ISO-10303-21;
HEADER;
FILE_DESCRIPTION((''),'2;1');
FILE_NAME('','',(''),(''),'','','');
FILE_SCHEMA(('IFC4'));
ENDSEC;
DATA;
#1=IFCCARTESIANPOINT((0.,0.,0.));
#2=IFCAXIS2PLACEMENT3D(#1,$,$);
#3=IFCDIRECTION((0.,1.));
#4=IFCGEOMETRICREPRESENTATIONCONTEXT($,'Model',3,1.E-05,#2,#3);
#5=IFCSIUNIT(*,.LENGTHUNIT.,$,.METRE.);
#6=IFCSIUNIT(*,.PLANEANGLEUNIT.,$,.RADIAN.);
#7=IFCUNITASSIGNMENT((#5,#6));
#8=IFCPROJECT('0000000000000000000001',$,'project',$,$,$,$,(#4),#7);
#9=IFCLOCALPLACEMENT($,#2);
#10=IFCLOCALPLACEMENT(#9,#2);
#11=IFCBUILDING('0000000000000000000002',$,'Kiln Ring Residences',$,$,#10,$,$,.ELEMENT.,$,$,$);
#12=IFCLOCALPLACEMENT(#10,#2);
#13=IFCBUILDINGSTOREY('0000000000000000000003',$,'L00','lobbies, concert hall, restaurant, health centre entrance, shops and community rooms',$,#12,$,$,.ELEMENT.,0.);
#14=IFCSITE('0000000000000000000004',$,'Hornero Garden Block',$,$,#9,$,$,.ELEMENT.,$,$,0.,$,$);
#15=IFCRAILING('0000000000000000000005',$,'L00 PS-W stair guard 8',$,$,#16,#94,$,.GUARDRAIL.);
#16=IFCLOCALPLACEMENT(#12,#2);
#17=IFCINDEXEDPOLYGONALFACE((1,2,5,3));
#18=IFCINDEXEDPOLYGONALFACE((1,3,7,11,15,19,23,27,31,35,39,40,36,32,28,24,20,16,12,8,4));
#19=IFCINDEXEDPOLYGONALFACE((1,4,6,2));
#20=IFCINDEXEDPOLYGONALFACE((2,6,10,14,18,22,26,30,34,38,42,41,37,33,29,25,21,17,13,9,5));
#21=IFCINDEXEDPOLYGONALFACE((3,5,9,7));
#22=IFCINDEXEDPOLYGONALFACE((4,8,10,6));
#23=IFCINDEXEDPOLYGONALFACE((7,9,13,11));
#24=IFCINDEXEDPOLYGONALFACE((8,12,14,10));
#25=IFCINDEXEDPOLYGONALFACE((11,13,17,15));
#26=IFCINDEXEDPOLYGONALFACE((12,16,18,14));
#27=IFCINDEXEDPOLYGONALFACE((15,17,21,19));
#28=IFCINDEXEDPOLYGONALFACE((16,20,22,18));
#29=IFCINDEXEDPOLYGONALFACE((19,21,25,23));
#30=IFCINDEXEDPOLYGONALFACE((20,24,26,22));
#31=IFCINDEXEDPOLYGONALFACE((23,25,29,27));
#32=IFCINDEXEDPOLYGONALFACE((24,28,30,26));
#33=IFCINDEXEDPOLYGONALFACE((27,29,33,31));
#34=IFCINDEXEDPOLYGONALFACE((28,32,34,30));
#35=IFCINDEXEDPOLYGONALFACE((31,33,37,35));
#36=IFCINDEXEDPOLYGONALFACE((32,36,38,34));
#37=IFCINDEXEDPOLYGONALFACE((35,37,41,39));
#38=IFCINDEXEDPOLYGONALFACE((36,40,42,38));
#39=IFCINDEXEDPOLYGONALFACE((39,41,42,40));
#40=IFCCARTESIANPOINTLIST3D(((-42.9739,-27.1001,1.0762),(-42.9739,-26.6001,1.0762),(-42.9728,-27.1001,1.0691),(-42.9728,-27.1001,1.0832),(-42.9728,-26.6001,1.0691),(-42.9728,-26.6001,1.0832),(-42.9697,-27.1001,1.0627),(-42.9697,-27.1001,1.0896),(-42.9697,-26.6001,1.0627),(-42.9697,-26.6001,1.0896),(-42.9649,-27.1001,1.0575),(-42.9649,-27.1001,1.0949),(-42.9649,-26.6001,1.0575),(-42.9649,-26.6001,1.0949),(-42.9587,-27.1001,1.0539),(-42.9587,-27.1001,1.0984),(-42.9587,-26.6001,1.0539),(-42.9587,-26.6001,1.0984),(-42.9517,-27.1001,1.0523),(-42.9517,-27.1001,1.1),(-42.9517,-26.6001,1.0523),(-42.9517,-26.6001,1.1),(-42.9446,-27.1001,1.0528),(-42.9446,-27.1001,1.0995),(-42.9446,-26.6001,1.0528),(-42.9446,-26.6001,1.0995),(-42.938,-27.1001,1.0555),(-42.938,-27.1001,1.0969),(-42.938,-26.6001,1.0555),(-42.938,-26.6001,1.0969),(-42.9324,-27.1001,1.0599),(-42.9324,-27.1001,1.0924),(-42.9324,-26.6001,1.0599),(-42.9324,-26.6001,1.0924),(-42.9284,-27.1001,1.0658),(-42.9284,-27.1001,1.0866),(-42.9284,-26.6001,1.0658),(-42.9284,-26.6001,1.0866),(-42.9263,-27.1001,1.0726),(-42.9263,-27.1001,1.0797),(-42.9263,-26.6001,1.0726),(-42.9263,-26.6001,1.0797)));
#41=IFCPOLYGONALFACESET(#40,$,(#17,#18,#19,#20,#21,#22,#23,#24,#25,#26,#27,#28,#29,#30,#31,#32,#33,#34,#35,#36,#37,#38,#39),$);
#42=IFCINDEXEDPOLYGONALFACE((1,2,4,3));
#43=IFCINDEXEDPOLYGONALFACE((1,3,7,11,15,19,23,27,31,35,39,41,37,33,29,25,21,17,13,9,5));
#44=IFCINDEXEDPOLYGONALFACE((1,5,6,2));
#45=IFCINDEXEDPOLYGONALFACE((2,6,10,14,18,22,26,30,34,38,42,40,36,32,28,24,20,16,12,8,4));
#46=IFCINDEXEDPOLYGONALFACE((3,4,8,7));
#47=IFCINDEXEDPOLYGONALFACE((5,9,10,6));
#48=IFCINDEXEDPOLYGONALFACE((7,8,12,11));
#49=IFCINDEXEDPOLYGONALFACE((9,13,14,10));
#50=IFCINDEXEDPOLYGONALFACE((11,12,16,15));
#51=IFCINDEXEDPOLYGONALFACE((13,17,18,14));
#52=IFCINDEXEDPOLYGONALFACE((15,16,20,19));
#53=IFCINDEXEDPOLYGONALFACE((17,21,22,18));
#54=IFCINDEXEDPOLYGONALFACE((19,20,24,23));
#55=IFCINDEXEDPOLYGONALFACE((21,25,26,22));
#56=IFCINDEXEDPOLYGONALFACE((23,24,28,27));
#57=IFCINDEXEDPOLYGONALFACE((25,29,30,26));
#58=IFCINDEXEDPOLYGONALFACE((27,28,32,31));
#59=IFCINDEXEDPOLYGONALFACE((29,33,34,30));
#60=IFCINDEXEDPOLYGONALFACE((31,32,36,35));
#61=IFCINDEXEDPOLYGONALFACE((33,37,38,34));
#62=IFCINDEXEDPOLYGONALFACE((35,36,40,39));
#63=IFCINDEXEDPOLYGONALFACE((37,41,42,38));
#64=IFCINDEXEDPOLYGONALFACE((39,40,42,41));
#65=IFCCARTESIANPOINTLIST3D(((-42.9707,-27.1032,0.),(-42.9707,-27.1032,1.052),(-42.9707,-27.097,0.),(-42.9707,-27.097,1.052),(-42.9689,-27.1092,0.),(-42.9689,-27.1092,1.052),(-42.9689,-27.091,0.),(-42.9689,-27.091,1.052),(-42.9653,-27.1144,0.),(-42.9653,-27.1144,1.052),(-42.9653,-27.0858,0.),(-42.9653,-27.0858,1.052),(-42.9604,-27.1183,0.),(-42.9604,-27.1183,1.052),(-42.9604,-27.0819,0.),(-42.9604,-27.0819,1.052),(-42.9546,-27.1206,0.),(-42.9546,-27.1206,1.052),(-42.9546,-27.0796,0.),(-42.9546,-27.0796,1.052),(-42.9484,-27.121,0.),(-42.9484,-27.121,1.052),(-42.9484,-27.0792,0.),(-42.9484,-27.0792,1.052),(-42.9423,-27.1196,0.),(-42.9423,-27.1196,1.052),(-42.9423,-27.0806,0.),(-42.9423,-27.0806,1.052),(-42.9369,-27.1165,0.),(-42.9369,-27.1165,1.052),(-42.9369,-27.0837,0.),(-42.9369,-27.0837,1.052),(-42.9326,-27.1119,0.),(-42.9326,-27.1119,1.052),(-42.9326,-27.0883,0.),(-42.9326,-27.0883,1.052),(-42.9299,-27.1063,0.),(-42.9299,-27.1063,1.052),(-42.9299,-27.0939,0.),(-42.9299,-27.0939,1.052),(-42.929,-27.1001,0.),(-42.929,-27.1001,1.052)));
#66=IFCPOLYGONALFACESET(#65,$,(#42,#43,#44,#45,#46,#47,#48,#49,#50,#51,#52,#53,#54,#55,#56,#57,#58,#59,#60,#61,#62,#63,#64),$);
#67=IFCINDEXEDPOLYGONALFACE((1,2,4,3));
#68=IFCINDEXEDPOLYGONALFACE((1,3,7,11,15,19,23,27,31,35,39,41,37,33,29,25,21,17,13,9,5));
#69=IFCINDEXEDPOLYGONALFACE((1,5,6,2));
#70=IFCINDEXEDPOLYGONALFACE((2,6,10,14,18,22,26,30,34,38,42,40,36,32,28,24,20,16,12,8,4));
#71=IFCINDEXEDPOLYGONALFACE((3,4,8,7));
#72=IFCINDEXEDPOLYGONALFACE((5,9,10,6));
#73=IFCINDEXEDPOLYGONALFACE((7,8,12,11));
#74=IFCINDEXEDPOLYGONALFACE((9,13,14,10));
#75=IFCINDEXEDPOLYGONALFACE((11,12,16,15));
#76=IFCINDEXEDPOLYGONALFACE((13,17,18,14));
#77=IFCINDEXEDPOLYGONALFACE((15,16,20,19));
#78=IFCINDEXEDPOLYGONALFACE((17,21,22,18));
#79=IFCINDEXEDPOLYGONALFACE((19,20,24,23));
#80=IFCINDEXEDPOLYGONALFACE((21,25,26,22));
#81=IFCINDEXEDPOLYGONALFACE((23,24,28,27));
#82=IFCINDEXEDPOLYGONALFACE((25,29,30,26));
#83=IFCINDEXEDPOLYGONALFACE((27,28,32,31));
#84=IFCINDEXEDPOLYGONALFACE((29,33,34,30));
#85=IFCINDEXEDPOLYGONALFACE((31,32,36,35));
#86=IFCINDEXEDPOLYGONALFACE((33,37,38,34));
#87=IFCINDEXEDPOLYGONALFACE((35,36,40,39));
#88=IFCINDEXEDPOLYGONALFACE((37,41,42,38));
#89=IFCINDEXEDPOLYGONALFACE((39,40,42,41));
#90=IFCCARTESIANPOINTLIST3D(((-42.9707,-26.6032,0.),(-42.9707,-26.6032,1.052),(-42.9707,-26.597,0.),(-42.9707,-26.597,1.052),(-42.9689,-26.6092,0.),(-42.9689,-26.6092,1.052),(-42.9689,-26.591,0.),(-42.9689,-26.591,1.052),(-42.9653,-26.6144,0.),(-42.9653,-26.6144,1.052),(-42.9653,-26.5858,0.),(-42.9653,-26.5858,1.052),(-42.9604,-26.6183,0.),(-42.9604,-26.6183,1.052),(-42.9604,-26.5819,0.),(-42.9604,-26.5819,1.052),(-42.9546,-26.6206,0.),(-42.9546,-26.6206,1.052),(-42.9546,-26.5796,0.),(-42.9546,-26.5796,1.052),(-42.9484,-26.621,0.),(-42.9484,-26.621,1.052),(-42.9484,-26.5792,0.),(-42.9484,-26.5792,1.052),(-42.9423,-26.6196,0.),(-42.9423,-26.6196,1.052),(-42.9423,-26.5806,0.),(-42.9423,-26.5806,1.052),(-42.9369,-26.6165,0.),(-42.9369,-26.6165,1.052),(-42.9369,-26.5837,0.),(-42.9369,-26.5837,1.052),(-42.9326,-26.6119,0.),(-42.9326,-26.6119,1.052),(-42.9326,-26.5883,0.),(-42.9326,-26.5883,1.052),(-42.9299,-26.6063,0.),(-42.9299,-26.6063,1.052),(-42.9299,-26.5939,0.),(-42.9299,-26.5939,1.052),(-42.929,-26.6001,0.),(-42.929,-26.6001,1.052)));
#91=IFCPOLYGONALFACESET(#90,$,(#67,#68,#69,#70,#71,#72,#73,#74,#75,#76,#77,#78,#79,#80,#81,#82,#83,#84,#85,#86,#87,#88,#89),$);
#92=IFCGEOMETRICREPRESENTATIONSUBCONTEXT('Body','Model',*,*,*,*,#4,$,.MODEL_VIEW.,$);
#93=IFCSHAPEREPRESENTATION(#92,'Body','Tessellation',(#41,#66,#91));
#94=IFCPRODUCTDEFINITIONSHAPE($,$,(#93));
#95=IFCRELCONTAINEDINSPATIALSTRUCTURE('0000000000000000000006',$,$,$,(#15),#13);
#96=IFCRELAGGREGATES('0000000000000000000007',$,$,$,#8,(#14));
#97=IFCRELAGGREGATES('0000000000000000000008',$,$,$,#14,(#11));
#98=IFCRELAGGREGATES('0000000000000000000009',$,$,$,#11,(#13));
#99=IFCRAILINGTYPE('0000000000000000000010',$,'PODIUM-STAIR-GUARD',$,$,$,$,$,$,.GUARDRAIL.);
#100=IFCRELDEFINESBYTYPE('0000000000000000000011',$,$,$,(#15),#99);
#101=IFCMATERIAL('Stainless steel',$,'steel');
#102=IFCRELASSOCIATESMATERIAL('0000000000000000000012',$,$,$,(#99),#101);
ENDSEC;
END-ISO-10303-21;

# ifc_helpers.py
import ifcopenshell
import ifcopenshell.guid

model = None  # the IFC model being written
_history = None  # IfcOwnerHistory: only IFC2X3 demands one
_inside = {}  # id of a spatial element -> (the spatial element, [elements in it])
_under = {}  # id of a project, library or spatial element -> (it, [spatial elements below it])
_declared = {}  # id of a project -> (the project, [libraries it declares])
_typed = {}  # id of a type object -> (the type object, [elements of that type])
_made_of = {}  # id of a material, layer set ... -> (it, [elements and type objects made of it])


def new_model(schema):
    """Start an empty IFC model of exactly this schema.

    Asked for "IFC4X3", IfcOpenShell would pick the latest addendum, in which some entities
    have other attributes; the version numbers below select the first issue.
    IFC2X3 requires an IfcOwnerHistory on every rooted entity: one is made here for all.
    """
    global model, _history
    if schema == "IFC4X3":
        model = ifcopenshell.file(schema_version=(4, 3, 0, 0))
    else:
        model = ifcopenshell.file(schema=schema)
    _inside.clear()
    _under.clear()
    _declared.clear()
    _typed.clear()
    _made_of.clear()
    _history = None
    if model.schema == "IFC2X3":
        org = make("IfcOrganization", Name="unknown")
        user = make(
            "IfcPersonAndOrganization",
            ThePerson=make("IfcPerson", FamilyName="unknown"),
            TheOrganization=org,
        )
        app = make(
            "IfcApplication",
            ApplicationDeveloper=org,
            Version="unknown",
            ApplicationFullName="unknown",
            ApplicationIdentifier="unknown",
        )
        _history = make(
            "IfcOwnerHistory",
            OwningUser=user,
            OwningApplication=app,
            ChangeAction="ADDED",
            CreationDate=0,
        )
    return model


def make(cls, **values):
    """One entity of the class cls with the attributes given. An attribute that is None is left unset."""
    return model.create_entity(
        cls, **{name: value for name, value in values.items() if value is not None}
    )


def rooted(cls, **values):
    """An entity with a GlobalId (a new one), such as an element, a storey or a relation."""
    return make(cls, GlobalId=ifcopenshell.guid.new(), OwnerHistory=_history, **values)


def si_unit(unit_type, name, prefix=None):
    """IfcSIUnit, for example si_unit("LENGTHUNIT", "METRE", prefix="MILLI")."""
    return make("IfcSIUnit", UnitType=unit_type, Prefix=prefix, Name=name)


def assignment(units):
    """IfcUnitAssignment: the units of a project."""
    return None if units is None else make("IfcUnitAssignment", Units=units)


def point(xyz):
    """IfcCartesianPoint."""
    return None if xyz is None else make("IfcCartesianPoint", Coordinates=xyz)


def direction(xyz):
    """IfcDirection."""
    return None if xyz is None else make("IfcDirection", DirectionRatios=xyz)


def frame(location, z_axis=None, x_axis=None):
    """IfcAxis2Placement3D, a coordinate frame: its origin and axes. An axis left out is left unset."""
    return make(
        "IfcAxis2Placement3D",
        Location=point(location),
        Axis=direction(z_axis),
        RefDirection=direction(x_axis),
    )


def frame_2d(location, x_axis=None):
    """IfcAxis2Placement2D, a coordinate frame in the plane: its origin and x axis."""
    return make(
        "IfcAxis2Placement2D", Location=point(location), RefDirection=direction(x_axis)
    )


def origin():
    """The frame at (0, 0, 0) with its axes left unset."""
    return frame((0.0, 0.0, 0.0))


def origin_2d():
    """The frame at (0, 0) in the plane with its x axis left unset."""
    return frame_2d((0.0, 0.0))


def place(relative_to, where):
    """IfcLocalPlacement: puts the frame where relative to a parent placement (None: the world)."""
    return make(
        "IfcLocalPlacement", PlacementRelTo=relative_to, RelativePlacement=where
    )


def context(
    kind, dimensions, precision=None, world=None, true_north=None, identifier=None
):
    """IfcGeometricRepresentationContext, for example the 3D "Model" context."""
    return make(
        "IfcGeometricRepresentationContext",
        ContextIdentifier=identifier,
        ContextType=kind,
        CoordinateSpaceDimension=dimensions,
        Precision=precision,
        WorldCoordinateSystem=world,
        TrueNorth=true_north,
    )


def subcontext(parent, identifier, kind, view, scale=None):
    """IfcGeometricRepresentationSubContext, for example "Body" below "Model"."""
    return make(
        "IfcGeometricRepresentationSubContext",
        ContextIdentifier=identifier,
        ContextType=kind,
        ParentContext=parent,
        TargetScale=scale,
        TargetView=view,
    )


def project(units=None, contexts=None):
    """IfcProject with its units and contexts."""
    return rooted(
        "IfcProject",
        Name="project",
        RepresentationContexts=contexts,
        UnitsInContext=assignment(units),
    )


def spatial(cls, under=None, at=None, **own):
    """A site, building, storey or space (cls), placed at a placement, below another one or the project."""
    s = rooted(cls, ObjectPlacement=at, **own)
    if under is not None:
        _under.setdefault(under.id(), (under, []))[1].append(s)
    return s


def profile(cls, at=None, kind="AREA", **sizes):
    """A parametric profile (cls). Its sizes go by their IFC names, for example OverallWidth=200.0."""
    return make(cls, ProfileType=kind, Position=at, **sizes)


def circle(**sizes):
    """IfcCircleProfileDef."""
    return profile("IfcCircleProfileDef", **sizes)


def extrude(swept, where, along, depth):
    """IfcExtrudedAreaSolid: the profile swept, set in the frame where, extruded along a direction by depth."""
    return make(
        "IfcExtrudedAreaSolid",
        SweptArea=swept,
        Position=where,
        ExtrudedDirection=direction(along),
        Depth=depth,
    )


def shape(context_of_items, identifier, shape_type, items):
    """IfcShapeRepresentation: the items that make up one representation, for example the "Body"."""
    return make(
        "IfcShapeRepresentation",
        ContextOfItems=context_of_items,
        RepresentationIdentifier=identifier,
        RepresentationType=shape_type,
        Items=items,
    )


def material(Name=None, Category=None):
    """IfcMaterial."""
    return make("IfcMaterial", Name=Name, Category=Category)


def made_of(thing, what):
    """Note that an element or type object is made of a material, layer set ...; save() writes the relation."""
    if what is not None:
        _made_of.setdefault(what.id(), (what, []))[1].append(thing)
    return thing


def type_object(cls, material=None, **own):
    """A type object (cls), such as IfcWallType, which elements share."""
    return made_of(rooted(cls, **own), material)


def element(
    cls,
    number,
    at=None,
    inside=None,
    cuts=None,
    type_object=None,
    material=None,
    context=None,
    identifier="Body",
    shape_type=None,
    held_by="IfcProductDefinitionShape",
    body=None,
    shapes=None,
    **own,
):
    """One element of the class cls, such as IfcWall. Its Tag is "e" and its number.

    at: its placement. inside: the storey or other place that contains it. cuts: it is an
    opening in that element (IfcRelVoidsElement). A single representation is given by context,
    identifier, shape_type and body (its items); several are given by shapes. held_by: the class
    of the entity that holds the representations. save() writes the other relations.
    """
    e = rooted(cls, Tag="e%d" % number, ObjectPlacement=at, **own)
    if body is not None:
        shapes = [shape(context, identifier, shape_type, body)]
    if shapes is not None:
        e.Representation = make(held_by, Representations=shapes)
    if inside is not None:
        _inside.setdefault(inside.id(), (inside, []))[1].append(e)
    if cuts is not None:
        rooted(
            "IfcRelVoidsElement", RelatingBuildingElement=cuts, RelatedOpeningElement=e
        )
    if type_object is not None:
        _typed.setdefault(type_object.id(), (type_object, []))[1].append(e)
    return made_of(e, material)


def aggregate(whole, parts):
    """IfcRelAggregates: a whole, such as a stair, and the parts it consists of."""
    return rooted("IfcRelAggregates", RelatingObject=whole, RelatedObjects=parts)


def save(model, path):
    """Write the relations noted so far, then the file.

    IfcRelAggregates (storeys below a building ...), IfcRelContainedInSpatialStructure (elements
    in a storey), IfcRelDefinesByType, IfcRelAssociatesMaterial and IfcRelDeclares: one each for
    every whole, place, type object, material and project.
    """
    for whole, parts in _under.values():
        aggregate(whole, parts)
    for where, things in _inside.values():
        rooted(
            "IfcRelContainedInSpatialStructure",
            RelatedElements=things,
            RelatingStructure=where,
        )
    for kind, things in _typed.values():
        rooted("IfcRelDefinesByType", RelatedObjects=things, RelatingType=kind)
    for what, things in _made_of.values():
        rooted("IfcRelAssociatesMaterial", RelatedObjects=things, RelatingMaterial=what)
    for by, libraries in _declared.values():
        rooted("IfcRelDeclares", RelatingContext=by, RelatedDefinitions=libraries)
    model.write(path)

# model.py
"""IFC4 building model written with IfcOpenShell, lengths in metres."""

from ifc_helpers import new_model, si_unit, direction, frame, origin, origin_2d, place, context, subcontext, project, spatial, circle, extrude, material, type_object, element, save


model = new_model("IFC4")

# Units and contexts
model_context = context("Model", 3, precision=1e-05, world=origin(), true_north=direction((0.0, 1.0)))
body_context = subcontext(model_context, "Body", "Model", "MODEL_VIEW")
ifc_project = project(units=[si_unit("LENGTHUNIT", "METRE"), si_unit("PLANEANGLEUNIT", "RADIAN")], contexts=[model_context])

# Site, building, storey
site_placement = place(None, origin())
site = spatial("IfcSite", under=ifc_project, at=site_placement, Name="Hornero Garden Block", CompositionType="ELEMENT", RefElevation=0.0)
building_placement = place(site_placement, origin())
building = spatial("IfcBuilding", under=site, at=building_placement, Name="Kiln Ring Residences", CompositionType="ELEMENT")
storey_placement = place(building_placement, origin())
storey = spatial("IfcBuildingStorey", under=building, at=storey_placement, Name="L00", Description="lobbies, concert hall, restaurant, health centre entrance, shops and community rooms", CompositionType="ELEMENT", Elevation=0.0)

# Railing
ifc_material_1 = material(Name="Stainless steel", Category="steel")
railing_type_1 = type_object("IfcRailingType", Name="PODIUM-STAIR-GUARD", PredefinedType="GUARDRAIL", material=ifc_material_1)
railing_1_placement = place(storey_placement, frame((-42.95, -27.1001, 0.0)))
element("IfcRailing", 1, at=railing_1_placement, inside=storey, type_object=railing_type_1, Name="L00 PS-W stair guard 8", PredefinedType="GUARDRAIL", context=body_context, shape_type="SweptSolid", body=[
    extrude(circle(Radius=0.0239, at=origin_2d()), frame((0.0, 0.0, 1.0762), z_axis=(0.0, 1.0, 0.0), x_axis=(-1.0, 0.0, 0.0)), (0.0, 0.0, 1.0), 0.5),
    extrude(circle(Radius=0.021, at=origin_2d()), origin(), (0.0, 0.0, 1.0), 1.052),
    extrude(circle(Radius=0.021, at=origin_2d()), frame((0.0, 0.5, 0.0)), (0.0, 0.0, 1.0), 1.052),
])

save(model, "model.ifc")
